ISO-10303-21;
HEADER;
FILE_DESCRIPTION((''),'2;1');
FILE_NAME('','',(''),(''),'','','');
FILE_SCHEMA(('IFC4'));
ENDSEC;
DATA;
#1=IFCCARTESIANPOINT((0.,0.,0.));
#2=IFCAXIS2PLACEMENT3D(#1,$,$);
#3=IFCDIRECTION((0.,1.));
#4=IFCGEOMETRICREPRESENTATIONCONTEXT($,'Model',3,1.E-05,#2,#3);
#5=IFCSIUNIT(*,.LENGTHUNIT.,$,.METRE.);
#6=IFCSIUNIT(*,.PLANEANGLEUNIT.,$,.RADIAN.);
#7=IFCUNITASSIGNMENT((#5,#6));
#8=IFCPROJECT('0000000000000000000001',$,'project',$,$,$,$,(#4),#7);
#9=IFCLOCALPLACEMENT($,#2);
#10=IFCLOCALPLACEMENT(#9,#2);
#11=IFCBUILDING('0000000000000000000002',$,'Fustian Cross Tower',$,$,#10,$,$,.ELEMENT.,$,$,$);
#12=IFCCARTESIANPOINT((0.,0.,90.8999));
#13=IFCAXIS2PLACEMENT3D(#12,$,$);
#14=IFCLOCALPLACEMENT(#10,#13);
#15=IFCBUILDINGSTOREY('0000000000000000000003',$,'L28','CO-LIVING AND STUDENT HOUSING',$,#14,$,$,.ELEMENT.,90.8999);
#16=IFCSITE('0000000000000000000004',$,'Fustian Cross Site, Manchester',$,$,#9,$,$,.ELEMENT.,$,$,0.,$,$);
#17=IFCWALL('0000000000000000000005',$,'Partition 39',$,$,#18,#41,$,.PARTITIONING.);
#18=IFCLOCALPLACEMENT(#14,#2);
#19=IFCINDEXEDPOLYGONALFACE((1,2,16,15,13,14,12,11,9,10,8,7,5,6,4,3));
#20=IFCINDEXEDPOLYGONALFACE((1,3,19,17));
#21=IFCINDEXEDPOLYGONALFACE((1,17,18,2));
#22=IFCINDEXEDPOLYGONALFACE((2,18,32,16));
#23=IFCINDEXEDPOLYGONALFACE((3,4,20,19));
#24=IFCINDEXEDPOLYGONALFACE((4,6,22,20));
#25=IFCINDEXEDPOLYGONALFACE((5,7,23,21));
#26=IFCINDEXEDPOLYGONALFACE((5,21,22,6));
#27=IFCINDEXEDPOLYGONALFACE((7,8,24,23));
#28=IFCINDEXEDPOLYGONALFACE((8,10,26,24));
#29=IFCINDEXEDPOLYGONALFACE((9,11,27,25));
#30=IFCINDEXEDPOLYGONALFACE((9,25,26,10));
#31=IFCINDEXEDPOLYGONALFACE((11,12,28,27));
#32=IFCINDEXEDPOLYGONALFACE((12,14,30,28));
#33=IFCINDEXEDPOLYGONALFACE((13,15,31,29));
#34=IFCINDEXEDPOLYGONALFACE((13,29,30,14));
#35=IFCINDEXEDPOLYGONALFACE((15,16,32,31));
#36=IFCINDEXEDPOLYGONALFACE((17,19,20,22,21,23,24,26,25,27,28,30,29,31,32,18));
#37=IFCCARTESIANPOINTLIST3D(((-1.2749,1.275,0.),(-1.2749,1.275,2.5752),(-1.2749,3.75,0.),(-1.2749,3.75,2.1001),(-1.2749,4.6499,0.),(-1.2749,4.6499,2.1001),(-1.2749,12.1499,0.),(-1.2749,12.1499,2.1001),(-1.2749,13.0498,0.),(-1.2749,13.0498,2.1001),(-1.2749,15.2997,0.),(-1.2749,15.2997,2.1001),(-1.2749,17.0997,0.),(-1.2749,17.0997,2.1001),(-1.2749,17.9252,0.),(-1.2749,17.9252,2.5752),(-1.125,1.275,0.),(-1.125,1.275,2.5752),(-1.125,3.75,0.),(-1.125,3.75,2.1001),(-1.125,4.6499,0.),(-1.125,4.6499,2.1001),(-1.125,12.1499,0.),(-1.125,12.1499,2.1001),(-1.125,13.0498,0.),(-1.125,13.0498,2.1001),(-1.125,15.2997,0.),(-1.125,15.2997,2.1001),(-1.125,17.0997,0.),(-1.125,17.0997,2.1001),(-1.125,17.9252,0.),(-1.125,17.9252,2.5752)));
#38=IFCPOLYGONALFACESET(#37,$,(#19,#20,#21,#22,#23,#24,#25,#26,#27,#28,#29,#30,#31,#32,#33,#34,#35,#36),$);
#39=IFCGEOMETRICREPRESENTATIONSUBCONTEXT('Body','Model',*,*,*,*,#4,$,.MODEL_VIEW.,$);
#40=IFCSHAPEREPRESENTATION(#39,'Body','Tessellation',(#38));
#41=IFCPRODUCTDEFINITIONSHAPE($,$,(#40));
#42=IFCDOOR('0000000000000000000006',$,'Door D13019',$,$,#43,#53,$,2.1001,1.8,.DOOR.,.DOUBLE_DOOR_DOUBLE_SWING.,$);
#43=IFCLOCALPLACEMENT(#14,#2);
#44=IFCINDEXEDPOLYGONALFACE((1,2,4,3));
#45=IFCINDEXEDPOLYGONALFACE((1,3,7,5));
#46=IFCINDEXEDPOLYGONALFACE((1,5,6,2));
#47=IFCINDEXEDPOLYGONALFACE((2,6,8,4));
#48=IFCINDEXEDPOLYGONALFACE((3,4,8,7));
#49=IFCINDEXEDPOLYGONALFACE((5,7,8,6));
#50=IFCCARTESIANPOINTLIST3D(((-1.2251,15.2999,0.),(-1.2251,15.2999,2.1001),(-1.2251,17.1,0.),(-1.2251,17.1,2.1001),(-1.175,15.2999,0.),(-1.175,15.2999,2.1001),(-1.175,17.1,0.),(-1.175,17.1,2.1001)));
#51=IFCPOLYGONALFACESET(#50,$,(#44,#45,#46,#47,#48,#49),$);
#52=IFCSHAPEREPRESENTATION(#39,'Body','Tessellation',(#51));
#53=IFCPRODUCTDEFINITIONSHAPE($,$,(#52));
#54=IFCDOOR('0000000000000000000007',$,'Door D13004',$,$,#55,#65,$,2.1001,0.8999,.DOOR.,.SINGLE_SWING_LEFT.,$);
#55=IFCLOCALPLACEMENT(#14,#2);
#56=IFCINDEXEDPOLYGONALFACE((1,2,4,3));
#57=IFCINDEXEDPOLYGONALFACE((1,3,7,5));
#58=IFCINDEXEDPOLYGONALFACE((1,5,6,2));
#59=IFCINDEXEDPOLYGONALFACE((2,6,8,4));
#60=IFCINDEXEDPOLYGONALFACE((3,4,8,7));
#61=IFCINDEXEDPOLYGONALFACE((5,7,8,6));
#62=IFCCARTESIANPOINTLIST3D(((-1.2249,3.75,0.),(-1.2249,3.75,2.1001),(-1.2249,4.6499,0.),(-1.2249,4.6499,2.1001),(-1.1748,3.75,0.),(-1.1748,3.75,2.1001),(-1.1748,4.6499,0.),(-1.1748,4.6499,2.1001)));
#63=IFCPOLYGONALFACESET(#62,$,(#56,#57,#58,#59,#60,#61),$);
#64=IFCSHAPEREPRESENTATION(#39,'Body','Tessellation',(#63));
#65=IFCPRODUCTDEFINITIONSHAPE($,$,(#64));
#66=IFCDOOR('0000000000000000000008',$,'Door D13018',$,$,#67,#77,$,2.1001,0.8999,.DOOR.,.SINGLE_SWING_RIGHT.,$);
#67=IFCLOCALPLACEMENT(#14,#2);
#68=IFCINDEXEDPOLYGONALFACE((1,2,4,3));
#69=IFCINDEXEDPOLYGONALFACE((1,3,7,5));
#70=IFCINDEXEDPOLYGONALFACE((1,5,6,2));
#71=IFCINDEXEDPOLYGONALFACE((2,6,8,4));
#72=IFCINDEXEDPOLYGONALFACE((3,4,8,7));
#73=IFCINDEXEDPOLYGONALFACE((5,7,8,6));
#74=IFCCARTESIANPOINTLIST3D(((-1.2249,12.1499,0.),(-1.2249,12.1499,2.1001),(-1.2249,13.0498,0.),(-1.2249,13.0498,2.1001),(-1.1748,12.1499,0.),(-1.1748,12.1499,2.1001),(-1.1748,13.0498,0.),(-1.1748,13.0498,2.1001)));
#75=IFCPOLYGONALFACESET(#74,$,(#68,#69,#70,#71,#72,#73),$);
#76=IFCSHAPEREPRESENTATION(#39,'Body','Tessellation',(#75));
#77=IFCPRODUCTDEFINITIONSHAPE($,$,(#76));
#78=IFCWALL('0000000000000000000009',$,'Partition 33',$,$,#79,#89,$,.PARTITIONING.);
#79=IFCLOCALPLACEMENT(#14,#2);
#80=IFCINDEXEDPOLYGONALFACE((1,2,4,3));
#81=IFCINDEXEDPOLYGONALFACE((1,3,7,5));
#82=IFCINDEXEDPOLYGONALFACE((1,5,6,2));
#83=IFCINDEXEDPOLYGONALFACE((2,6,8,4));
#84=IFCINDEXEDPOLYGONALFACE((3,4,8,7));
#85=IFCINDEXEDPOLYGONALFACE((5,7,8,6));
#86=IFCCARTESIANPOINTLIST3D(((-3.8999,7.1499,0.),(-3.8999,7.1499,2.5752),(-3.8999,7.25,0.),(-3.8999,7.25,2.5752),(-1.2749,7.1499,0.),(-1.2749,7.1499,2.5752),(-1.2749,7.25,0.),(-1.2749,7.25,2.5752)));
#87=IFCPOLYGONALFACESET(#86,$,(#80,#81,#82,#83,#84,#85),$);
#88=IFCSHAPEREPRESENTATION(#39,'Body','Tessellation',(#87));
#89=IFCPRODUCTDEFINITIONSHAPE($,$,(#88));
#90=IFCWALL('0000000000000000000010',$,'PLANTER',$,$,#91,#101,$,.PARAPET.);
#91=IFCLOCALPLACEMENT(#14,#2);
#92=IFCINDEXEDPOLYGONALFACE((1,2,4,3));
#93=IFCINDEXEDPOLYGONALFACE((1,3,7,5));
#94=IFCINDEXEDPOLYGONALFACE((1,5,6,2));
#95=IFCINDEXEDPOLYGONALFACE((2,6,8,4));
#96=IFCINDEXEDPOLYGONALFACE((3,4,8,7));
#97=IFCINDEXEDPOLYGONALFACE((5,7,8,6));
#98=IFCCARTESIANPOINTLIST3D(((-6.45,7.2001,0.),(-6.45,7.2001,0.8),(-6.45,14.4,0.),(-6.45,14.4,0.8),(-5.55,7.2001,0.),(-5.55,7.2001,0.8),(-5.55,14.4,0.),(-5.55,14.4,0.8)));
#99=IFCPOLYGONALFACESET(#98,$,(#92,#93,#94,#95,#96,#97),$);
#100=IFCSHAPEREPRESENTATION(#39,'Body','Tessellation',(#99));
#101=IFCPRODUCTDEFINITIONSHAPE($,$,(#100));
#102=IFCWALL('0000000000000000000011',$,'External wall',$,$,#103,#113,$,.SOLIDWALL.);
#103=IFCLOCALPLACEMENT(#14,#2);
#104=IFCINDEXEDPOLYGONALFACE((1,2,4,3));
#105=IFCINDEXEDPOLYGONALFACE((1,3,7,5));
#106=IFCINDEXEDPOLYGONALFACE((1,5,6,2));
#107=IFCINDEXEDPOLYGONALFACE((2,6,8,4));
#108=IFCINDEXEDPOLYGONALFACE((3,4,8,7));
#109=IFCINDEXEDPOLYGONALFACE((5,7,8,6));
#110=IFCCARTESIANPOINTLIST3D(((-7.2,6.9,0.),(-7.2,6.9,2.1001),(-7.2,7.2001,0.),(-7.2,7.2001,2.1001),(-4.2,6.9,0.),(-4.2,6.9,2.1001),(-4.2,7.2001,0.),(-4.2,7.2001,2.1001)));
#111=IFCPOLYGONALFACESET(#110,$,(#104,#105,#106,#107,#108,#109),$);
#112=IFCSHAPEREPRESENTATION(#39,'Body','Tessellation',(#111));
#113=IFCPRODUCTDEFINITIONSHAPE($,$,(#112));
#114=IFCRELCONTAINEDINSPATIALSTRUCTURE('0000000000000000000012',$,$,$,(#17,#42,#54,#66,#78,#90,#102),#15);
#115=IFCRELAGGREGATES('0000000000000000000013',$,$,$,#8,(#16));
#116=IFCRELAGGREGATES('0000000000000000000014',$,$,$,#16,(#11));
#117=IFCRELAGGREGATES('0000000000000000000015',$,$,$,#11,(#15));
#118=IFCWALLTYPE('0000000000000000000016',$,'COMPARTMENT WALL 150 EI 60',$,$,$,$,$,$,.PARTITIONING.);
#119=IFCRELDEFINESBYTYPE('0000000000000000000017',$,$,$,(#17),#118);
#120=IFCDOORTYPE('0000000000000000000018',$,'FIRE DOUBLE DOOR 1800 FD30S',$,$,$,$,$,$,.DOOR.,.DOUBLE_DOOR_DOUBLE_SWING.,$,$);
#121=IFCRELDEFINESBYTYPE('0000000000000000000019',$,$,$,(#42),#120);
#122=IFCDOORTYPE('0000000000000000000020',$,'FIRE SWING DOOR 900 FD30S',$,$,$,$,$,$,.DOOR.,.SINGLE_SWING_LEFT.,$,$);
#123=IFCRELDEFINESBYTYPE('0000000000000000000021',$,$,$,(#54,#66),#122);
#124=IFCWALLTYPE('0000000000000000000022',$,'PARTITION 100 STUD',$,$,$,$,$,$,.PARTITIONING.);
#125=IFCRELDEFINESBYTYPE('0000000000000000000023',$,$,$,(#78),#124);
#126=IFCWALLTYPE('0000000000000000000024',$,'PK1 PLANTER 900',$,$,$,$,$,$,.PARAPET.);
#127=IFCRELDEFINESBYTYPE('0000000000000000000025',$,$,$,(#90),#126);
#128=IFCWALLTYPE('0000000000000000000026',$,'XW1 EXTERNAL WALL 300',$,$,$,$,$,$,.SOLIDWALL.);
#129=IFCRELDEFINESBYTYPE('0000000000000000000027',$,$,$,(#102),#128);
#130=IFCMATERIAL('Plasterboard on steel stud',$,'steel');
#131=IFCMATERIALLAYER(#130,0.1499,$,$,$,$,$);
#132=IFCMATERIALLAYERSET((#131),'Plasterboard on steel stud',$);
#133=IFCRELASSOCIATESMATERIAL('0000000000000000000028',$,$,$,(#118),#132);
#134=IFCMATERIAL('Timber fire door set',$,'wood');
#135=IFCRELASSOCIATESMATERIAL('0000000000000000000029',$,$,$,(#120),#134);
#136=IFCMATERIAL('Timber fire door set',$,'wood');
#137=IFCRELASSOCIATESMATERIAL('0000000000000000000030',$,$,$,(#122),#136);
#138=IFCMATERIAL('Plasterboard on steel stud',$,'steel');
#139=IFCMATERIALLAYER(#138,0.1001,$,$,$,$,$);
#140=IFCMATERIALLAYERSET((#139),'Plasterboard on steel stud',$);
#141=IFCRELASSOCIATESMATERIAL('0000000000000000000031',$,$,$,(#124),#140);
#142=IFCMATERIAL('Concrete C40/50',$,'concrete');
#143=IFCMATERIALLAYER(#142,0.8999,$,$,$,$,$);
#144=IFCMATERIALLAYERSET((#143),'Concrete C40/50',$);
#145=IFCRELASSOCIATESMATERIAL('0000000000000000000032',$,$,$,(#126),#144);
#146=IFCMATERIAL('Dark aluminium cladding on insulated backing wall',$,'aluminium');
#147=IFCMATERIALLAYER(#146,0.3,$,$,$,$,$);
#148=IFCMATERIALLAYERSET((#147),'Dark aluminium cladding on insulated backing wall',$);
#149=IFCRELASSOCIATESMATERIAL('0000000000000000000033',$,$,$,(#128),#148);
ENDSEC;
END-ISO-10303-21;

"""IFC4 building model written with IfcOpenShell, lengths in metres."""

from ifc_helpers import new_model, si_unit, direction, frame, frame_2d, origin, place, context, subcontext, project, spatial, rectangle, extrude, material, layer, layer_set, type_object, element, fill, save


model = new_model("IFC4")

# Units and contexts
model_context = context("Model", 3, precision=1e-05, world=origin(), true_north=direction((0.0, 1.0)))
body_context = subcontext(model_context, "Body", "Model", "MODEL_VIEW")
ifc_project = project(units=[si_unit("LENGTHUNIT", "METRE"), si_unit("PLANEANGLEUNIT", "RADIAN")], contexts=[model_context])

# Site, building, storey
site_placement = place(None, origin())
site = spatial("IfcSite", under=ifc_project, at=site_placement, Name="Fustian Cross Site, Manchester", CompositionType="ELEMENT", RefElevation=0.0)
building_placement = place(site_placement, origin())
building = spatial("IfcBuilding", under=site, at=building_placement, Name="Fustian Cross Tower", CompositionType="ELEMENT")
storey_placement = place(building_placement, frame((0.0, 0.0, 90.8999)))
storey = spatial("IfcBuildingStorey", under=building, at=storey_placement, Name="L28", Description="CO-LIVING AND STUDENT HOUSING", CompositionType="ELEMENT", Elevation=90.8999)

# Shared definitions
ifc_material_1 = material(Name="Plasterboard on steel stud", Category="steel")
ifc_layer_1 = layer(ifc_material_1, 0.1499)
ifc_layer_set_1 = layer_set([ifc_layer_1], Name="Plasterboard on steel stud")
wall_type_1 = type_object("IfcWallType", Name="COMPARTMENT WALL 150 EI 60", PredefinedType="PARTITIONING", material=ifc_layer_set_1)

# Wall, openings, doors
wall_1_placement = place(storey_placement, frame((-1.2, 1.2749, 0.0), z_axis=(0.0, 0.0, 1.0), x_axis=(0.0, 1.0, 0.0)))
wall_1 = element("IfcWall", 1, at=wall_1_placement, inside=storey, type_object=wall_type_1, Name="Partition 39", PredefinedType="PARTITIONING", context=body_context, shape_type="SweptSolid", body=[
    extrude(rectangle(XDim=16.6501, YDim=0.1499, at=frame_2d((8.3252, 0.0))), origin(), (0.0, 0.0, 1.0), 2.5752),
])
opening_1_placement = place(wall_1_placement, frame((2.4751, 0.0, 0.0)))
opening_1 = element("IfcOpeningElement", 2, at=opening_1_placement, cuts=wall_1, PredefinedType="OPENING", context=body_context, shape_type="SweptSolid", body=[
    extrude(rectangle(XDim=0.8999, YDim=2.1001, at=frame_2d((0.45, 1.05))), frame((0.0, 0.085, 0.0), z_axis=(0.0, -1.0, 0.0), x_axis=(1.0, 0.0, 0.0)), (0.0, 0.0, 1.0), 0.1699),
])
opening_2_placement = place(wall_1_placement, frame((10.875, 0.0, 0.0)))
opening_2 = element("IfcOpeningElement", 3, at=opening_2_placement, cuts=wall_1, PredefinedType="OPENING", context=body_context, shape_type="SweptSolid", body=[
    extrude(rectangle(XDim=0.8999, YDim=2.1001, at=frame_2d((0.45, 1.05))), frame((0.0, 0.085, 0.0), z_axis=(0.0, -1.0, 0.0), x_axis=(1.0, 0.0, 0.0)), (0.0, 0.0, 1.0), 0.1699),
])
opening_3_placement = place(wall_1_placement, frame((14.0249, 0.0, 0.0)))
opening_3 = element("IfcOpeningElement", 4, at=opening_3_placement, cuts=wall_1, PredefinedType="OPENING", context=body_context, shape_type="SweptSolid", body=[
    extrude(rectangle(XDim=1.8, YDim=2.1001, at=frame_2d((0.8999, 1.05))), frame((0.0, 0.085, 0.0), z_axis=(0.0, -1.0, 0.0), x_axis=(1.0, 0.0, 0.0)), (0.0, 0.0, 1.0), 0.1699),
])
ifc_material_2 = material(Name="Timber fire door set", Category="wood")
door_type_1 = type_object("IfcDoorType", Name="FIRE DOUBLE DOOR 1800 FD30S", OperationType="DOUBLE_DOOR_DOUBLE_SWING", PredefinedType="DOOR", material=ifc_material_2)
door_1_placement = place(opening_3_placement, frame((1.8, 0.0, 0.0), z_axis=(0.0, 0.0, 1.0), x_axis=(-1.0, 0.0, 0.0)))
door_1 = element("IfcDoor", 5, at=door_1_placement, inside=storey, type_object=door_type_1, Name="Door D13019", OperationType="DOUBLE_DOOR_DOUBLE_SWING", OverallHeight=2.1001, OverallWidth=1.8, PredefinedType="DOOR", context=body_context, shape_type="SweptSolid", body=[
    extrude(rectangle(XDim=1.8, YDim=2.1001, at=frame_2d((0.8999, 1.05))), frame((0.0, 0.0249, 0.0), z_axis=(0.0, -1.0, 0.0), x_axis=(1.0, 0.0, 0.0)), (0.0, 0.0, 1.0), 0.05),
])
fill(opening_3, door_1)
ifc_material_3 = material(Name="Timber fire door set", Category="wood")
door_type_2 = type_object("IfcDoorType", Name="FIRE SWING DOOR 900 FD30S", OperationType="SINGLE_SWING_LEFT", PredefinedType="DOOR", material=ifc_material_3)
door_2_placement = place(opening_1_placement, origin())
door_2 = element("IfcDoor", 6, at=door_2_placement, inside=storey, type_object=door_type_2, Name="Door D13004", OperationType="SINGLE_SWING_LEFT", OverallHeight=2.1001, OverallWidth=0.8999, PredefinedType="DOOR", context=body_context, shape_type="SweptSolid", body=[
    extrude(rectangle(XDim=0.8999, YDim=2.1001, at=frame_2d((0.45, 1.05))), frame((0.0, 0.0249, 0.0), z_axis=(0.0, -1.0, 0.0), x_axis=(1.0, 0.0, 0.0)), (0.0, 0.0, 1.0), 0.05),
])
fill(opening_1, door_2)
door_3_placement = place(opening_2_placement, origin())
door_3 = element("IfcDoor", 7, at=door_3_placement, inside=storey, type_object=door_type_2, Name="Door D13018", OperationType="SINGLE_SWING_RIGHT", OverallHeight=2.1001, OverallWidth=0.8999, PredefinedType="DOOR", context=body_context, shape_type="SweptSolid", body=[
    extrude(rectangle(XDim=0.8999, YDim=2.1001, at=frame_2d((0.45, 1.05))), frame((0.0, 0.0249, 0.0), z_axis=(0.0, -1.0, 0.0), x_axis=(1.0, 0.0, 0.0)), (0.0, 0.0, 1.0), 0.05),
])
fill(opening_2, door_3)

# Walls
ifc_material_4 = material(Name="Plasterboard on steel stud", Category="steel")
ifc_layer_2 = layer(ifc_material_4, 0.1001)
ifc_layer_set_2 = layer_set([ifc_layer_2], Name="Plasterboard on steel stud")
wall_type_2 = type_object("IfcWallType", Name="PARTITION 100 STUD", PredefinedType="PARTITIONING", material=ifc_layer_set_2)
wall_2_placement = place(storey_placement, frame((-3.8999, 7.2, 0.0), z_axis=(0.0, 0.0, 1.0), x_axis=(1.0, 0.0, 0.0)))
element("IfcWall", 8, at=wall_2_placement, inside=storey, type_object=wall_type_2, Name="Partition 33", PredefinedType="PARTITIONING", context=body_context, shape_type="SweptSolid", body=[
    extrude(rectangle(XDim=2.625, YDim=0.1001, at=frame_2d((1.3125, 0.0))), origin(), (0.0, 0.0, 1.0), 2.5752),
])
ifc_material_5 = material(Name="Concrete C40/50", Category="concrete")
ifc_layer_3 = layer(ifc_material_5, 0.8999)
ifc_layer_set_3 = layer_set([ifc_layer_3], Name="Concrete C40/50")
wall_type_3 = type_object("IfcWallType", Name="PK1 PLANTER 900", PredefinedType="PARAPET", material=ifc_layer_set_3)
wall_3_placement = place(storey_placement, frame((-6.0, 7.2, 0.0), z_axis=(0.0, 0.0, 1.0), x_axis=(0.0, 1.0, 0.0)))
element("IfcWall", 9, at=wall_3_placement, inside=storey, type_object=wall_type_3, Name="PLANTER", PredefinedType="PARAPET", context=body_context, shape_type="SweptSolid", body=[
    extrude(rectangle(XDim=7.2, YDim=0.8999, at=frame_2d((3.6001, 0.0))), origin(), (0.0, 0.0, 1.0), 0.8),
])
ifc_material_6 = material(Name="Dark aluminium cladding on insulated backing wall", Category="aluminium")
ifc_layer_4 = layer(ifc_material_6, 0.3)
ifc_layer_set_4 = layer_set([ifc_layer_4], Name="Dark aluminium cladding on insulated backing wall")
wall_type_4 = type_object("IfcWallType", Name="XW1 EXTERNAL WALL 300", PredefinedType="SOLIDWALL", material=ifc_layer_set_4)
wall_4_placement = place(storey_placement, frame((-4.2, 7.05, 0.0), z_axis=(0.0, 0.0, 1.0), x_axis=(-1.0, 0.0, 0.0)))
element("IfcWall", 10, at=wall_4_placement, inside=storey, type_object=wall_type_4, Name="External wall", PredefinedType="SOLIDWALL", context=body_context, shape_type="SweptSolid", body=[
    extrude(rectangle(XDim=3.0, YDim=0.3, at=frame_2d((1.5, 0.0))), origin(), (0.0, 0.0, 1.0), 2.1001),
])

save(model, "model.ifc")
